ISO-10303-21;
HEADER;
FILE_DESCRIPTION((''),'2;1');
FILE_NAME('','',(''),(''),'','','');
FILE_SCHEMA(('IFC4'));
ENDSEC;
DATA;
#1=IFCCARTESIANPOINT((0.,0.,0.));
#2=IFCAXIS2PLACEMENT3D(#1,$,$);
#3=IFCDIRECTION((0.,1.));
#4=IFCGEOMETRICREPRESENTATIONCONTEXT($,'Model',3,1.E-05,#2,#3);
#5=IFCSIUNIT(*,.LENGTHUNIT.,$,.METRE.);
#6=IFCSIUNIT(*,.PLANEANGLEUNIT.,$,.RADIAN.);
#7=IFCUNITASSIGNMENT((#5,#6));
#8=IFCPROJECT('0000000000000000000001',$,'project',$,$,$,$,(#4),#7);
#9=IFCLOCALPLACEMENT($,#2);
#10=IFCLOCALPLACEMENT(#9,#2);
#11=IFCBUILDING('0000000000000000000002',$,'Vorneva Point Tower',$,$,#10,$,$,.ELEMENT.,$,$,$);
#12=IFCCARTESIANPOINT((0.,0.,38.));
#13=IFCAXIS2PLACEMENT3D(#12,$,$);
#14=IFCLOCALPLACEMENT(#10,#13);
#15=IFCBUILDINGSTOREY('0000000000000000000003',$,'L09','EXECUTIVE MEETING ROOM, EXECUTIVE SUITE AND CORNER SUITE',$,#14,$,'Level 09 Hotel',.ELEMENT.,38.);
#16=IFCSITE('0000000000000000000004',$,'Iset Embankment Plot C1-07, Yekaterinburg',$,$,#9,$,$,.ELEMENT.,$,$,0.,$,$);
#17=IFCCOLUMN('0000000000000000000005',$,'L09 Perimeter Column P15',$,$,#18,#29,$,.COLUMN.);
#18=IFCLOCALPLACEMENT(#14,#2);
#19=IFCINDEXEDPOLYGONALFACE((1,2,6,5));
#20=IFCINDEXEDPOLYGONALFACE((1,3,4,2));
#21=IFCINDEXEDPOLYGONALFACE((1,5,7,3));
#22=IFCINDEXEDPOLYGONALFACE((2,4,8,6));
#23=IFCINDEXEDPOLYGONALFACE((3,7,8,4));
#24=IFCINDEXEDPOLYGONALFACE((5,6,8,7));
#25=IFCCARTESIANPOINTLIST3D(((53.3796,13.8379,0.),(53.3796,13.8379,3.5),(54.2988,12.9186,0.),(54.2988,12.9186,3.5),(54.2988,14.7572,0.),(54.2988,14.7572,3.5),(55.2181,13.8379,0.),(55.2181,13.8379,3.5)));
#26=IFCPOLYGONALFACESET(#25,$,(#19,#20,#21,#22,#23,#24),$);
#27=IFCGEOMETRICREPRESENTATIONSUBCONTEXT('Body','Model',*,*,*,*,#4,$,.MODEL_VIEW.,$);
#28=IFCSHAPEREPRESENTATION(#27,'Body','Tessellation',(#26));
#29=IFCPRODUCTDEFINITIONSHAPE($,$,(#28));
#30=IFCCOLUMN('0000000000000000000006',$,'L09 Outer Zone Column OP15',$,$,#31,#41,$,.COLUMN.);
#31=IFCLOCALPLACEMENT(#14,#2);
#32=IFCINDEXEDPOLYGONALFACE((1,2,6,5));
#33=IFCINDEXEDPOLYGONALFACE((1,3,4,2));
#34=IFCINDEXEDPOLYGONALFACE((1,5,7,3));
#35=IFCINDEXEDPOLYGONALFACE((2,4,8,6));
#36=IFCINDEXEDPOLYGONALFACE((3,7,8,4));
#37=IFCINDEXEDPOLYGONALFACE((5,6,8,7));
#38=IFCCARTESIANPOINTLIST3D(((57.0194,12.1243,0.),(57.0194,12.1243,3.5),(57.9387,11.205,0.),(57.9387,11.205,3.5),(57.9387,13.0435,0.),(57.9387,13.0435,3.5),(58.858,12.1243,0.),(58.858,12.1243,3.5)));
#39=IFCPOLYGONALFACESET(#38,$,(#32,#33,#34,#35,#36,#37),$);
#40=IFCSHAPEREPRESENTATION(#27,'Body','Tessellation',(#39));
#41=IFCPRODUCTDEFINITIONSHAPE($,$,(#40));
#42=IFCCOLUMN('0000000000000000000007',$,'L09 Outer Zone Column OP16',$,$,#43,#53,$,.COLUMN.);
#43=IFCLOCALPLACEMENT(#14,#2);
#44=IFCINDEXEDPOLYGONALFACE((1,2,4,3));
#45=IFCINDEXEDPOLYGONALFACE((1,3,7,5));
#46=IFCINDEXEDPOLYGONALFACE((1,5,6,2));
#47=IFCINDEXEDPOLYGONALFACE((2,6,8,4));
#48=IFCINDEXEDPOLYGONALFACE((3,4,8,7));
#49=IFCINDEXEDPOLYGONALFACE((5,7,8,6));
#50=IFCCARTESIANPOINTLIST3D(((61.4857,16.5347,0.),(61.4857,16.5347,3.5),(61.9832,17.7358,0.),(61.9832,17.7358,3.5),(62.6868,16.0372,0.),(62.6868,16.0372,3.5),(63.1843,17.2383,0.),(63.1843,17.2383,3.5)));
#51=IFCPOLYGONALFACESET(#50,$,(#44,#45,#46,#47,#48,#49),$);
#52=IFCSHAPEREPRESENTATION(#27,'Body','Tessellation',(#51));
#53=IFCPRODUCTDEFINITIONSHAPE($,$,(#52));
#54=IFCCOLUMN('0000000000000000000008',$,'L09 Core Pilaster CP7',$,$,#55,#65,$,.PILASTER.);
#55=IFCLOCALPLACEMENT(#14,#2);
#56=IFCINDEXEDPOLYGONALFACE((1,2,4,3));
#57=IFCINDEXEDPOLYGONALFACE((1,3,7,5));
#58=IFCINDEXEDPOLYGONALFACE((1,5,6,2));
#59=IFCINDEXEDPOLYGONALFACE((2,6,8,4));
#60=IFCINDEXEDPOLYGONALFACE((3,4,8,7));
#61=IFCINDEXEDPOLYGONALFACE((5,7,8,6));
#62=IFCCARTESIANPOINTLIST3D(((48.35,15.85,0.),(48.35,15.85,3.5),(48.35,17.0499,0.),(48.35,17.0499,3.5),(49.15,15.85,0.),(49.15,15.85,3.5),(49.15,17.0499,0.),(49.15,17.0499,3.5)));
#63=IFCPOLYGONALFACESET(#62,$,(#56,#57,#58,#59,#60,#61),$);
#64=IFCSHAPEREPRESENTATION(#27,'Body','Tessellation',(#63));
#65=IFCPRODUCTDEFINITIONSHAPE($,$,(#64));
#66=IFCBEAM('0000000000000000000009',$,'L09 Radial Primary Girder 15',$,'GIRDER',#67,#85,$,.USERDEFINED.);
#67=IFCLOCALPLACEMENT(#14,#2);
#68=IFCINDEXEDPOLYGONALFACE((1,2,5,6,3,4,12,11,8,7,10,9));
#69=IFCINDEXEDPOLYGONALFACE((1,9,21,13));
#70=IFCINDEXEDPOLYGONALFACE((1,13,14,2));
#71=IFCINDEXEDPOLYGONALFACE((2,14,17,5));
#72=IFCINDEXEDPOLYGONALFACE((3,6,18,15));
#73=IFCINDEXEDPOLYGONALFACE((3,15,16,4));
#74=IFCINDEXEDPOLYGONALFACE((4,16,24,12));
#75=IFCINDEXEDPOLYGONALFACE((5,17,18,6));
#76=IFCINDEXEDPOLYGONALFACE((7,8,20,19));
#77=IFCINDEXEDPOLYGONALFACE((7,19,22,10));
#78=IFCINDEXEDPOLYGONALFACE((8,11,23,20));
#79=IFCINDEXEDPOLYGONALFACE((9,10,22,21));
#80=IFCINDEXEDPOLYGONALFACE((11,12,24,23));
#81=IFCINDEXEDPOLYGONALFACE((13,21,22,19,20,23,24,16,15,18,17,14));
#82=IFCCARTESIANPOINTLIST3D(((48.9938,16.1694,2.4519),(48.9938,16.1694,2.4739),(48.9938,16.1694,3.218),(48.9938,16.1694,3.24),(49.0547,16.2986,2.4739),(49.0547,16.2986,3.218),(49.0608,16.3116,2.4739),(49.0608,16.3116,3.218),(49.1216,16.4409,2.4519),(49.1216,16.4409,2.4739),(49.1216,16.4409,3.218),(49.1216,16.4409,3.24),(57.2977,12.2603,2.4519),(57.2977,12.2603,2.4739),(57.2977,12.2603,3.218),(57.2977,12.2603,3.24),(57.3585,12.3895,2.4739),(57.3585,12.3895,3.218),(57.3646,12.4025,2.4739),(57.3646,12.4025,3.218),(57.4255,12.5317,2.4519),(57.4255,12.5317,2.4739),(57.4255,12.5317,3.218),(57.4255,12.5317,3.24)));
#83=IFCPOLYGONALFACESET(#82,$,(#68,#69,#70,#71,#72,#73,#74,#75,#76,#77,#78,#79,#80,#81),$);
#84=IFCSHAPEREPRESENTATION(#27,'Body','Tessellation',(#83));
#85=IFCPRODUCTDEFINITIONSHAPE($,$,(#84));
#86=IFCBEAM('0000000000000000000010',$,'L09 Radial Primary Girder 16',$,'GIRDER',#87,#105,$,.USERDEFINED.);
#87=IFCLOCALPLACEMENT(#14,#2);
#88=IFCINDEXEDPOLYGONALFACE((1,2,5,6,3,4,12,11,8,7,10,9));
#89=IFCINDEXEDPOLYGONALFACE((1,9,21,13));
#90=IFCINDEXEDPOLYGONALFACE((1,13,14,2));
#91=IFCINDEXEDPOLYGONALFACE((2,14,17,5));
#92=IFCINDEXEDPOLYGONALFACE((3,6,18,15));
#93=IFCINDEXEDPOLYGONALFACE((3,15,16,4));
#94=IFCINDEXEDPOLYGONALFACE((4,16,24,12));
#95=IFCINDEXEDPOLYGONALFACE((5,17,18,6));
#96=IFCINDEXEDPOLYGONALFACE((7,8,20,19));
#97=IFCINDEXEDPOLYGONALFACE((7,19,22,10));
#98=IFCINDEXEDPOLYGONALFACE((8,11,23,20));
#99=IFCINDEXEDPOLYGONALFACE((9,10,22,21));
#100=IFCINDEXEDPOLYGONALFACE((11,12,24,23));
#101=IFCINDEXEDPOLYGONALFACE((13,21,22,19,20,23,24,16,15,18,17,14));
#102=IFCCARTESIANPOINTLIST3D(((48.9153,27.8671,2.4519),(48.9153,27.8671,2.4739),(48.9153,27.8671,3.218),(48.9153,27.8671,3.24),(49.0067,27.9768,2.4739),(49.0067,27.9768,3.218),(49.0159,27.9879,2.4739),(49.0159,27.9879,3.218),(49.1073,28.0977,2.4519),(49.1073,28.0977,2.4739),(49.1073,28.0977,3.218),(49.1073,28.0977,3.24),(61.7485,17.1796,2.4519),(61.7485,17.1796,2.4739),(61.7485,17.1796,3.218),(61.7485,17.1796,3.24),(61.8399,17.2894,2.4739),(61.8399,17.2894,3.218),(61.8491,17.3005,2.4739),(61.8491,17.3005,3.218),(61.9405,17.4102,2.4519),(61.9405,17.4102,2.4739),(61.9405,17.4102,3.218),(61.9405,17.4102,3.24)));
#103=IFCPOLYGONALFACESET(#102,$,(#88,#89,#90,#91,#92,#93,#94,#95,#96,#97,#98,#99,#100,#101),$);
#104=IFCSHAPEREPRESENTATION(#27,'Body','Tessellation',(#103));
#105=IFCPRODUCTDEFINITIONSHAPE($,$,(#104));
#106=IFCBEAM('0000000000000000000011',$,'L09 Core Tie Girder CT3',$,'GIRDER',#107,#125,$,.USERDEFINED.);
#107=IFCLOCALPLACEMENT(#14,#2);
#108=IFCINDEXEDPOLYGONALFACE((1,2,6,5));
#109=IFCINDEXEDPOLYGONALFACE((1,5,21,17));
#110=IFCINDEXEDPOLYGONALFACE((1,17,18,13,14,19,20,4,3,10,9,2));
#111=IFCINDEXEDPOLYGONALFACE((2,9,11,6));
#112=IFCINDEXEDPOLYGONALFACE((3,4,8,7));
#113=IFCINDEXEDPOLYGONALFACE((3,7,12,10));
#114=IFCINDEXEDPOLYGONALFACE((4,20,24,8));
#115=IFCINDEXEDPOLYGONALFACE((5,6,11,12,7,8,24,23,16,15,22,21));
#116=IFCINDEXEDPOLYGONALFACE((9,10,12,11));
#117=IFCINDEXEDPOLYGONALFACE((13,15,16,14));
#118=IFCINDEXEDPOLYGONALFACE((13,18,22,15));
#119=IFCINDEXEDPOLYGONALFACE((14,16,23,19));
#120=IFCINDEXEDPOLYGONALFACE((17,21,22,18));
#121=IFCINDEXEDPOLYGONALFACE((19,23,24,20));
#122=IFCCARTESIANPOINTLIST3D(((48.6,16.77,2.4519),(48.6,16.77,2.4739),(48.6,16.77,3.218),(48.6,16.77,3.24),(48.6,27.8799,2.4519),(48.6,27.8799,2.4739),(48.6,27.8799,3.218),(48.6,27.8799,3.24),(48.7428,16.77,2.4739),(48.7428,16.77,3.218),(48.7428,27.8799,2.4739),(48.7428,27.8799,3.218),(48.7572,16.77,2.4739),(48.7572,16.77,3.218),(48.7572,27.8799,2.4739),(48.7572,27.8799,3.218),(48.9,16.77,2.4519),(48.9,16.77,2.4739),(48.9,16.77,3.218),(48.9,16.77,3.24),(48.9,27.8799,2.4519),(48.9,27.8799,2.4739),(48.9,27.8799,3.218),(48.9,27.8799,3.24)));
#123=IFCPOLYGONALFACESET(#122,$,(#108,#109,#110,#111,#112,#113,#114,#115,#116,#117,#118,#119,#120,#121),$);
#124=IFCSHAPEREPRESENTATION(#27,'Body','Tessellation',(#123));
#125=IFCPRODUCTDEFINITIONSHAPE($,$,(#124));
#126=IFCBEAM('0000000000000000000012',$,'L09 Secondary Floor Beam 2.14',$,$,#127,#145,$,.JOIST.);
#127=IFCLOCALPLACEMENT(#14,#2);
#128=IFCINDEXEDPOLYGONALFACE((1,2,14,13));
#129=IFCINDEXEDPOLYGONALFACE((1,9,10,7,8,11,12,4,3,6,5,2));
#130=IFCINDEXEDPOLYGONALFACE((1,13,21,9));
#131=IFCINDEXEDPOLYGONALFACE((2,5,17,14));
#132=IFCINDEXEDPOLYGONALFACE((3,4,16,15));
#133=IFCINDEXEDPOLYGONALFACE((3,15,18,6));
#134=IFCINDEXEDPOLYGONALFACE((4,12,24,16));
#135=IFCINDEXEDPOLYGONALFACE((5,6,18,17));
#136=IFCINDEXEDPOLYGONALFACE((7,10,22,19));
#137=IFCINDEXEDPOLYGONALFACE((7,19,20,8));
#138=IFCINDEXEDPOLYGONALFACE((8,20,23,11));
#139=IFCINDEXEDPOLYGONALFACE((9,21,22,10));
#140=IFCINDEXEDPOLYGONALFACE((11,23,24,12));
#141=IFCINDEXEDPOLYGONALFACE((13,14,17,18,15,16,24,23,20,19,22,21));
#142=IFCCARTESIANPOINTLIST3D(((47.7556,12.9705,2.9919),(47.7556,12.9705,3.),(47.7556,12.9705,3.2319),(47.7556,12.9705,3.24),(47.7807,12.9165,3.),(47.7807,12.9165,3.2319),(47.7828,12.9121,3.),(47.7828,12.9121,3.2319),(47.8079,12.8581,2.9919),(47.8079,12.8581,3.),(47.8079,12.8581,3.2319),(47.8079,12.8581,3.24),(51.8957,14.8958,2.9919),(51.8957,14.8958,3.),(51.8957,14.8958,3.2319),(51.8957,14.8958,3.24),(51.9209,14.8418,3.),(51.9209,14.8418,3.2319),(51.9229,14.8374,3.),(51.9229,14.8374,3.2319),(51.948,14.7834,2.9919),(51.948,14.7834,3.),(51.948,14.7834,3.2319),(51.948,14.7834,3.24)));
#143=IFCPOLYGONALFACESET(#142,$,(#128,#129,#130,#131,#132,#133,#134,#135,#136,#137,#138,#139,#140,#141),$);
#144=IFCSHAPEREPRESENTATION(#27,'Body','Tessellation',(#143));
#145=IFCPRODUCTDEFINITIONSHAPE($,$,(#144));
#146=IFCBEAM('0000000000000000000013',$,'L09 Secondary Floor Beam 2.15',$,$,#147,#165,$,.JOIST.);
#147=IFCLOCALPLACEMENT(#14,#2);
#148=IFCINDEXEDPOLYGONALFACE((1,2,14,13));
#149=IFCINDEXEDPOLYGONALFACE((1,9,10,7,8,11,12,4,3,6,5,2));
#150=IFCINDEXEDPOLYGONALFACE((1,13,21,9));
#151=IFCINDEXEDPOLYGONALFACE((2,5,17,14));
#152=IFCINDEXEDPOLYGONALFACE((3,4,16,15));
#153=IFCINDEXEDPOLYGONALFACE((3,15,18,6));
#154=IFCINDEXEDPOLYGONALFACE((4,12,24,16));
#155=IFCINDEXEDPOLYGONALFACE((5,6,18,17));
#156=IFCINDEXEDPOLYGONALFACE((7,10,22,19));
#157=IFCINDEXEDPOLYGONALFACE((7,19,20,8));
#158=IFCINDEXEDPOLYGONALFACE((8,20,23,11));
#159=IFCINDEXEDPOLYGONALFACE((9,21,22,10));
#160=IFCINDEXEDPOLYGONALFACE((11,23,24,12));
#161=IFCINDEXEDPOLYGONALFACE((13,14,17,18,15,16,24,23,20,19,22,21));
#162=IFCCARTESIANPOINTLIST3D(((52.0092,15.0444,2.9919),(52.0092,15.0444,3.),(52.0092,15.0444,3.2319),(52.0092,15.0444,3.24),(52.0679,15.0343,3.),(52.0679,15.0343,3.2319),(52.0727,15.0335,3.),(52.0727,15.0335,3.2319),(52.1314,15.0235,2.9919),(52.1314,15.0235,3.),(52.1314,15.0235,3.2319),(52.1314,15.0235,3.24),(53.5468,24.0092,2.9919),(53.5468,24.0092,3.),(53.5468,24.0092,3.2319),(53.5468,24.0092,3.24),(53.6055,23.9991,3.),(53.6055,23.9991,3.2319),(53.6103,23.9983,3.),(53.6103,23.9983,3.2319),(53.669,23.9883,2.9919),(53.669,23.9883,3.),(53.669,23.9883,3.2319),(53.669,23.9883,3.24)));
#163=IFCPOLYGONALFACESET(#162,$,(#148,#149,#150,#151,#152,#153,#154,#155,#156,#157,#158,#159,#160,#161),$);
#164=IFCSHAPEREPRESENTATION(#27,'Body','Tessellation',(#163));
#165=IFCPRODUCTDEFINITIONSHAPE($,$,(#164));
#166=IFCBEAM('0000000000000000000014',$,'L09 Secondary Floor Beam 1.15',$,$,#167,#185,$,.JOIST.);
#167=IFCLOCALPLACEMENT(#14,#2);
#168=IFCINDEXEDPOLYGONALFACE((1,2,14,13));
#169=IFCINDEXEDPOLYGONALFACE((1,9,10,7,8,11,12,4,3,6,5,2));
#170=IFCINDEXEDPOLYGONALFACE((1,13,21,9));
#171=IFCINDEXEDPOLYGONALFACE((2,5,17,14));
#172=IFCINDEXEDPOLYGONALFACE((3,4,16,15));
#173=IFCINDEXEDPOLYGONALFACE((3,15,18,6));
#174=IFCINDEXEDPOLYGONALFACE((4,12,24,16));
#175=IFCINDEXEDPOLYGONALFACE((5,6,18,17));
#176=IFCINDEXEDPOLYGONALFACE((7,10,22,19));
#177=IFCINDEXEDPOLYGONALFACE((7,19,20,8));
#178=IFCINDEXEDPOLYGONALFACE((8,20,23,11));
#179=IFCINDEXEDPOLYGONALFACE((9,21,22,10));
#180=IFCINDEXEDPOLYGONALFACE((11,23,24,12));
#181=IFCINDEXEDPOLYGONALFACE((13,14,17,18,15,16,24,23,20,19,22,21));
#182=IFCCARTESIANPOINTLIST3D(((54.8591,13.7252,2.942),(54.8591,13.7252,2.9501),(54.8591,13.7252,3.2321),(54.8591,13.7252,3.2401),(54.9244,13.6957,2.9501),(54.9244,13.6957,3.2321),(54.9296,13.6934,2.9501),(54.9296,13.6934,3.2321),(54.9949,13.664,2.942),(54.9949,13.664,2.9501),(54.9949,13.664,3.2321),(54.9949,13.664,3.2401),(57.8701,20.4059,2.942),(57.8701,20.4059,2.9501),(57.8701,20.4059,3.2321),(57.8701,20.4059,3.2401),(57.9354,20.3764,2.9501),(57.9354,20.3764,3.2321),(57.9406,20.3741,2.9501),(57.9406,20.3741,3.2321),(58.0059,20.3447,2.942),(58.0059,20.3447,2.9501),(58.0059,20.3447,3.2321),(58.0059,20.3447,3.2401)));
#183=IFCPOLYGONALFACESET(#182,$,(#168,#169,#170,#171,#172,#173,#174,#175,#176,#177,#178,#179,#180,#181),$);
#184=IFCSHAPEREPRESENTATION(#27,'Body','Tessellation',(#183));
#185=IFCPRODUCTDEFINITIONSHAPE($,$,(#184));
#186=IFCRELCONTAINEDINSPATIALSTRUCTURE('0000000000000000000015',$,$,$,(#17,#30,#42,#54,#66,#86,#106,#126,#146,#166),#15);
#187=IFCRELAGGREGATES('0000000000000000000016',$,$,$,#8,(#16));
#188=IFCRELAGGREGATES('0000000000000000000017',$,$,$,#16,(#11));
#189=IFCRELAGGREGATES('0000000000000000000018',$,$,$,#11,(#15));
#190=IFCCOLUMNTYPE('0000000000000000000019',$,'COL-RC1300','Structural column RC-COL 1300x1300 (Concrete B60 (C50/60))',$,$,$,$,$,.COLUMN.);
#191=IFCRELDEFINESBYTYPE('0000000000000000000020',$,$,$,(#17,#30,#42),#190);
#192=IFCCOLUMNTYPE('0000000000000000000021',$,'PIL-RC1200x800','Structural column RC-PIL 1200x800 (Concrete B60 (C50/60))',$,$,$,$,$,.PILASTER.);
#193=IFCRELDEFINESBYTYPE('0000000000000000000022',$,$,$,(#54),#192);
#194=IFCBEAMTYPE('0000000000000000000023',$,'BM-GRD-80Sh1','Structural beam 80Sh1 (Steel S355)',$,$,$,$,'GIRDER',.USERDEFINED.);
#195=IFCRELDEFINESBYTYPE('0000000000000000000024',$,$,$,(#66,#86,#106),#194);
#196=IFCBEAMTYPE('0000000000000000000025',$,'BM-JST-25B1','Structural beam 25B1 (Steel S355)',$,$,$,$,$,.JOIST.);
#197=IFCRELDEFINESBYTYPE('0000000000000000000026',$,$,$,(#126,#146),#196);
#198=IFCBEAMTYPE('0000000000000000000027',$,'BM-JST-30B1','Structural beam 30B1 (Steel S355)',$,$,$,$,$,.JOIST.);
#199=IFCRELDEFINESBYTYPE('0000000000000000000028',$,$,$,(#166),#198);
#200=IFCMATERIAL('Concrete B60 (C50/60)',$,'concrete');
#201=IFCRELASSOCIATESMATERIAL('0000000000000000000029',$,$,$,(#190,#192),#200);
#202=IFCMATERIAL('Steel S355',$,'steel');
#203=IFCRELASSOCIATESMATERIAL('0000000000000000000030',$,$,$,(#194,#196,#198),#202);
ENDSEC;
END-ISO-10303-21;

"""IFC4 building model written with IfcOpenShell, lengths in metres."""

from ifc_helpers import new_model, si_unit, direction, frame, origin, origin_2d, place, context, subcontext, project, spatial, rectangle, i_section, extrude, material, material_profile, profile_set, type_object, element, save


model = new_model("IFC4")

# Units and contexts
model_context = context("Model", 3, precision=1e-05, world=origin(), true_north=direction((0.0, 1.0)))
body_context = subcontext(model_context, "Body", "Model", "MODEL_VIEW")
ifc_project = project(units=[si_unit("LENGTHUNIT", "METRE"), si_unit("PLANEANGLEUNIT", "RADIAN")], contexts=[model_context])

# Site, building, storey
site_placement = place(None, origin())
site = spatial("IfcSite", under=ifc_project, at=site_placement, Name="Iset Embankment Plot C1-07, Yekaterinburg", CompositionType="ELEMENT", RefElevation=0.0)
building_placement = place(site_placement, origin())
building = spatial("IfcBuilding", under=site, at=building_placement, Name="Vorneva Point Tower", CompositionType="ELEMENT")
storey_placement = place(building_placement, frame((0.0, 0.0, 38.0)))
storey = spatial("IfcBuildingStorey", under=building, at=storey_placement, Name="L09", Description="EXECUTIVE MEETING ROOM, EXECUTIVE SUITE AND CORNER SUITE", LongName="Level 09 Hotel", CompositionType="ELEMENT", Elevation=38.0)

# Columns
ifc_material_1 = material(Name="Concrete B60 (C50/60)", Category="concrete")
ifc_material_profile_1 = material_profile(ifc_material_1, rectangle(XDim=1.3, YDim=1.3, at=origin_2d()), Name="RC-COL 1300x1300")
ifc_profile_set_1 = profile_set([ifc_material_profile_1], Name="Concrete B60 (C50/60)")
column_type_1 = type_object("IfcColumnType", Name="COL-RC1300", Description="Structural column RC-COL 1300x1300 (Concrete B60 (C50/60))", PredefinedType="COLUMN", material=ifc_profile_set_1)
for number, where, z_axis, x_axis, name in (
    (1, (54.2988, 13.8379, 0.0), (0.0, 0.0, 1.0), (0.707107, -0.707107, 0.0), "L09 Perimeter Column P15"),
    (2, (57.9387, 12.1243, 0.0), (0.0, 0.0, 1.0), (0.707107, -0.707107, 0.0), "L09 Outer Zone Column OP15"),
    (3, (62.335, 16.8865, 0.0), (0.0, 0.0, 1.0), (0.92388, -0.382683, 0.0), "L09 Outer Zone Column OP16"),
):
    element("IfcColumn", number, at=place(storey_placement, frame(where, z_axis=z_axis, x_axis=x_axis)), inside=storey, type_object=column_type_1, Name=name, PredefinedType="COLUMN", context=body_context, shape_type="SweptSolid", body=[
        extrude(rectangle(XDim=1.3, YDim=1.3, at=origin_2d()), origin(), (0.0, 0.0, 1.0), 3.5),
    ])
ifc_material_profile_2 = material_profile(ifc_material_1, rectangle(XDim=0.8, YDim=1.2, at=origin_2d()), Name="RC-PIL 1200x800")
ifc_profile_set_2 = profile_set([ifc_material_profile_2], Name="Concrete B60 (C50/60)")
column_type_2 = type_object("IfcColumnType", Name="PIL-RC1200x800", Description="Structural column RC-PIL 1200x800 (Concrete B60 (C50/60))", PredefinedType="PILASTER", material=ifc_profile_set_2)
column_placement = place(storey_placement, frame((48.75, 16.45, 0.0), z_axis=(0.0, 0.0, 1.0), x_axis=(1.0, 0.0, 0.0)))
element("IfcColumn", 4, at=column_placement, inside=storey, type_object=column_type_2, Name="L09 Core Pilaster CP7", PredefinedType="PILASTER", context=body_context, shape_type="SweptSolid", body=[
    extrude(rectangle(XDim=0.8, YDim=1.2, at=origin_2d()), origin(), (0.0, 0.0, 1.0), 3.5),
])

# Beams
ifc_material_2 = material(Name="Steel S355", Category="steel")
ifc_material_profile_3 = material_profile(ifc_material_2, i_section(OverallWidth=0.3, OverallDepth=0.7881, WebThickness=0.0144, FlangeThickness=0.022, at=origin_2d()), Name="80Sh1")
ifc_profile_set_3 = profile_set([ifc_material_profile_3], Name="Steel S355")
beam_type_1 = type_object("IfcBeamType", Name="BM-GRD-80Sh1", Description="Structural beam 80Sh1 (Steel S355)", ElementType="GIRDER", PredefinedType="USERDEFINED", material=ifc_profile_set_3)
beam_1_placement = place(storey_placement, frame((57.3616, 12.396, 2.8459), z_axis=(-0.904758, 0.425925, 0.0), x_axis=(-0.425925, -0.904758, 0.0)))
element("IfcBeam", 5, at=beam_1_placement, inside=storey, type_object=beam_type_1, Name="L09 Radial Primary Girder 15", ObjectType="GIRDER", PredefinedType="USERDEFINED", context=body_context, shape_type="SweptSolid", body=[
    extrude(i_section(OverallWidth=0.3, OverallDepth=0.7881, WebThickness=0.0144, FlangeThickness=0.022, at=origin_2d()), origin(), (0.0, 0.0, 1.0), 9.178),
])
beam_2_placement = place(storey_placement, frame((61.8445, 17.2949, 2.8459), z_axis=(-0.768424, 0.639941, 0.0), x_axis=(-0.639941, -0.768424, 0.0)))
element("IfcBeam", 6, at=beam_2_placement, inside=storey, type_object=beam_type_1, Name="L09 Radial Primary Girder 16", ObjectType="GIRDER", PredefinedType="USERDEFINED", context=body_context, shape_type="SweptSolid", body=[
    extrude(i_section(OverallWidth=0.3, OverallDepth=0.7881, WebThickness=0.0144, FlangeThickness=0.022, at=origin_2d()), origin(), (0.0, 0.0, 1.0), 16.7007),
])
beam_3_placement = place(storey_placement, frame((48.75, 16.77, 2.8459), z_axis=(0.0, 1.0, 0.0), x_axis=(-1.0, 0.0, 0.0)))
element("IfcBeam", 7, at=beam_3_placement, inside=storey, type_object=beam_type_1, Name="L09 Core Tie Girder CT3", ObjectType="GIRDER", PredefinedType="USERDEFINED", context=body_context, shape_type="SweptSolid", body=[
    extrude(i_section(OverallWidth=0.3, OverallDepth=0.7881, WebThickness=0.0144, FlangeThickness=0.022, at=origin_2d()), origin(), (0.0, 0.0, 1.0), 11.1099),
])
ifc_material_profile_4 = material_profile(ifc_material_2, i_section(OverallWidth=0.124, OverallDepth=0.248, WebThickness=0.0049, FlangeThickness=0.0081, at=origin_2d()), Name="25B1")
ifc_profile_set_4 = profile_set([ifc_material_profile_4], Name="Steel S355")
beam_type_2 = type_object("IfcBeamType", Name="BM-JST-25B1", Description="Structural beam 25B1 (Steel S355)", PredefinedType="JOIST", material=ifc_profile_set_4)
beam_4_placement = place(storey_placement, frame((47.7817, 12.9143, 3.116), z_axis=(0.906751, 0.421667, 0.0), x_axis=(-0.421667, 0.906751, 0.0)))
element("IfcBeam", 8, at=beam_4_placement, inside=storey, type_object=beam_type_2, Name="L09 Secondary Floor Beam 2.14", PredefinedType="JOIST", context=body_context, shape_type="SweptSolid", body=[
    extrude(i_section(OverallWidth=0.124, OverallDepth=0.248, WebThickness=0.0049, FlangeThickness=0.0081, at=origin_2d()), origin(), (0.0, 0.0, 1.0), 4.5659),
])
beam_5_placement = place(storey_placement, frame((52.0703, 15.0339, 3.116), z_axis=(0.169046, 0.985608, 0.0), x_axis=(-0.985608, 0.169046, 0.0)))
element("IfcBeam", 9, at=beam_5_placement, inside=storey, type_object=beam_type_2, Name="L09 Secondary Floor Beam 2.15", PredefinedType="JOIST", context=body_context, shape_type="SweptSolid", body=[
    extrude(i_section(OverallWidth=0.124, OverallDepth=0.248, WebThickness=0.0049, FlangeThickness=0.0081, at=origin_2d()), origin(), (0.0, 0.0, 1.0), 9.0957),
])
ifc_material_profile_5 = material_profile(ifc_material_2, i_section(OverallWidth=0.1489, OverallDepth=0.2981, WebThickness=0.0056, FlangeThickness=0.0081, at=origin_2d()), Name="30B1")
ifc_profile_set_5 = profile_set([ifc_material_profile_5], Name="Steel S355")
beam_type_3 = type_object("IfcBeamType", Name="BM-JST-30B1", Description="Structural beam 30B1 (Steel S355)", PredefinedType="JOIST", material=ifc_profile_set_5)
beam_6_placement = place(storey_placement, frame((54.927, 13.6946, 3.0911), z_axis=(0.410897, 0.911682, 0.0), x_axis=(-0.911682, 0.410897, 0.0)))
element("IfcBeam", 10, at=beam_6_placement, inside=storey, type_object=beam_type_3, Name="L09 Secondary Floor Beam 1.15", PredefinedType="JOIST", context=body_context, shape_type="SweptSolid", body=[
    extrude(i_section(OverallWidth=0.1489, OverallDepth=0.2981, WebThickness=0.0056, FlangeThickness=0.0081, at=origin_2d()), origin(), (0.0, 0.0, 1.0), 7.3279),
])

save(model, "model.ifc")
